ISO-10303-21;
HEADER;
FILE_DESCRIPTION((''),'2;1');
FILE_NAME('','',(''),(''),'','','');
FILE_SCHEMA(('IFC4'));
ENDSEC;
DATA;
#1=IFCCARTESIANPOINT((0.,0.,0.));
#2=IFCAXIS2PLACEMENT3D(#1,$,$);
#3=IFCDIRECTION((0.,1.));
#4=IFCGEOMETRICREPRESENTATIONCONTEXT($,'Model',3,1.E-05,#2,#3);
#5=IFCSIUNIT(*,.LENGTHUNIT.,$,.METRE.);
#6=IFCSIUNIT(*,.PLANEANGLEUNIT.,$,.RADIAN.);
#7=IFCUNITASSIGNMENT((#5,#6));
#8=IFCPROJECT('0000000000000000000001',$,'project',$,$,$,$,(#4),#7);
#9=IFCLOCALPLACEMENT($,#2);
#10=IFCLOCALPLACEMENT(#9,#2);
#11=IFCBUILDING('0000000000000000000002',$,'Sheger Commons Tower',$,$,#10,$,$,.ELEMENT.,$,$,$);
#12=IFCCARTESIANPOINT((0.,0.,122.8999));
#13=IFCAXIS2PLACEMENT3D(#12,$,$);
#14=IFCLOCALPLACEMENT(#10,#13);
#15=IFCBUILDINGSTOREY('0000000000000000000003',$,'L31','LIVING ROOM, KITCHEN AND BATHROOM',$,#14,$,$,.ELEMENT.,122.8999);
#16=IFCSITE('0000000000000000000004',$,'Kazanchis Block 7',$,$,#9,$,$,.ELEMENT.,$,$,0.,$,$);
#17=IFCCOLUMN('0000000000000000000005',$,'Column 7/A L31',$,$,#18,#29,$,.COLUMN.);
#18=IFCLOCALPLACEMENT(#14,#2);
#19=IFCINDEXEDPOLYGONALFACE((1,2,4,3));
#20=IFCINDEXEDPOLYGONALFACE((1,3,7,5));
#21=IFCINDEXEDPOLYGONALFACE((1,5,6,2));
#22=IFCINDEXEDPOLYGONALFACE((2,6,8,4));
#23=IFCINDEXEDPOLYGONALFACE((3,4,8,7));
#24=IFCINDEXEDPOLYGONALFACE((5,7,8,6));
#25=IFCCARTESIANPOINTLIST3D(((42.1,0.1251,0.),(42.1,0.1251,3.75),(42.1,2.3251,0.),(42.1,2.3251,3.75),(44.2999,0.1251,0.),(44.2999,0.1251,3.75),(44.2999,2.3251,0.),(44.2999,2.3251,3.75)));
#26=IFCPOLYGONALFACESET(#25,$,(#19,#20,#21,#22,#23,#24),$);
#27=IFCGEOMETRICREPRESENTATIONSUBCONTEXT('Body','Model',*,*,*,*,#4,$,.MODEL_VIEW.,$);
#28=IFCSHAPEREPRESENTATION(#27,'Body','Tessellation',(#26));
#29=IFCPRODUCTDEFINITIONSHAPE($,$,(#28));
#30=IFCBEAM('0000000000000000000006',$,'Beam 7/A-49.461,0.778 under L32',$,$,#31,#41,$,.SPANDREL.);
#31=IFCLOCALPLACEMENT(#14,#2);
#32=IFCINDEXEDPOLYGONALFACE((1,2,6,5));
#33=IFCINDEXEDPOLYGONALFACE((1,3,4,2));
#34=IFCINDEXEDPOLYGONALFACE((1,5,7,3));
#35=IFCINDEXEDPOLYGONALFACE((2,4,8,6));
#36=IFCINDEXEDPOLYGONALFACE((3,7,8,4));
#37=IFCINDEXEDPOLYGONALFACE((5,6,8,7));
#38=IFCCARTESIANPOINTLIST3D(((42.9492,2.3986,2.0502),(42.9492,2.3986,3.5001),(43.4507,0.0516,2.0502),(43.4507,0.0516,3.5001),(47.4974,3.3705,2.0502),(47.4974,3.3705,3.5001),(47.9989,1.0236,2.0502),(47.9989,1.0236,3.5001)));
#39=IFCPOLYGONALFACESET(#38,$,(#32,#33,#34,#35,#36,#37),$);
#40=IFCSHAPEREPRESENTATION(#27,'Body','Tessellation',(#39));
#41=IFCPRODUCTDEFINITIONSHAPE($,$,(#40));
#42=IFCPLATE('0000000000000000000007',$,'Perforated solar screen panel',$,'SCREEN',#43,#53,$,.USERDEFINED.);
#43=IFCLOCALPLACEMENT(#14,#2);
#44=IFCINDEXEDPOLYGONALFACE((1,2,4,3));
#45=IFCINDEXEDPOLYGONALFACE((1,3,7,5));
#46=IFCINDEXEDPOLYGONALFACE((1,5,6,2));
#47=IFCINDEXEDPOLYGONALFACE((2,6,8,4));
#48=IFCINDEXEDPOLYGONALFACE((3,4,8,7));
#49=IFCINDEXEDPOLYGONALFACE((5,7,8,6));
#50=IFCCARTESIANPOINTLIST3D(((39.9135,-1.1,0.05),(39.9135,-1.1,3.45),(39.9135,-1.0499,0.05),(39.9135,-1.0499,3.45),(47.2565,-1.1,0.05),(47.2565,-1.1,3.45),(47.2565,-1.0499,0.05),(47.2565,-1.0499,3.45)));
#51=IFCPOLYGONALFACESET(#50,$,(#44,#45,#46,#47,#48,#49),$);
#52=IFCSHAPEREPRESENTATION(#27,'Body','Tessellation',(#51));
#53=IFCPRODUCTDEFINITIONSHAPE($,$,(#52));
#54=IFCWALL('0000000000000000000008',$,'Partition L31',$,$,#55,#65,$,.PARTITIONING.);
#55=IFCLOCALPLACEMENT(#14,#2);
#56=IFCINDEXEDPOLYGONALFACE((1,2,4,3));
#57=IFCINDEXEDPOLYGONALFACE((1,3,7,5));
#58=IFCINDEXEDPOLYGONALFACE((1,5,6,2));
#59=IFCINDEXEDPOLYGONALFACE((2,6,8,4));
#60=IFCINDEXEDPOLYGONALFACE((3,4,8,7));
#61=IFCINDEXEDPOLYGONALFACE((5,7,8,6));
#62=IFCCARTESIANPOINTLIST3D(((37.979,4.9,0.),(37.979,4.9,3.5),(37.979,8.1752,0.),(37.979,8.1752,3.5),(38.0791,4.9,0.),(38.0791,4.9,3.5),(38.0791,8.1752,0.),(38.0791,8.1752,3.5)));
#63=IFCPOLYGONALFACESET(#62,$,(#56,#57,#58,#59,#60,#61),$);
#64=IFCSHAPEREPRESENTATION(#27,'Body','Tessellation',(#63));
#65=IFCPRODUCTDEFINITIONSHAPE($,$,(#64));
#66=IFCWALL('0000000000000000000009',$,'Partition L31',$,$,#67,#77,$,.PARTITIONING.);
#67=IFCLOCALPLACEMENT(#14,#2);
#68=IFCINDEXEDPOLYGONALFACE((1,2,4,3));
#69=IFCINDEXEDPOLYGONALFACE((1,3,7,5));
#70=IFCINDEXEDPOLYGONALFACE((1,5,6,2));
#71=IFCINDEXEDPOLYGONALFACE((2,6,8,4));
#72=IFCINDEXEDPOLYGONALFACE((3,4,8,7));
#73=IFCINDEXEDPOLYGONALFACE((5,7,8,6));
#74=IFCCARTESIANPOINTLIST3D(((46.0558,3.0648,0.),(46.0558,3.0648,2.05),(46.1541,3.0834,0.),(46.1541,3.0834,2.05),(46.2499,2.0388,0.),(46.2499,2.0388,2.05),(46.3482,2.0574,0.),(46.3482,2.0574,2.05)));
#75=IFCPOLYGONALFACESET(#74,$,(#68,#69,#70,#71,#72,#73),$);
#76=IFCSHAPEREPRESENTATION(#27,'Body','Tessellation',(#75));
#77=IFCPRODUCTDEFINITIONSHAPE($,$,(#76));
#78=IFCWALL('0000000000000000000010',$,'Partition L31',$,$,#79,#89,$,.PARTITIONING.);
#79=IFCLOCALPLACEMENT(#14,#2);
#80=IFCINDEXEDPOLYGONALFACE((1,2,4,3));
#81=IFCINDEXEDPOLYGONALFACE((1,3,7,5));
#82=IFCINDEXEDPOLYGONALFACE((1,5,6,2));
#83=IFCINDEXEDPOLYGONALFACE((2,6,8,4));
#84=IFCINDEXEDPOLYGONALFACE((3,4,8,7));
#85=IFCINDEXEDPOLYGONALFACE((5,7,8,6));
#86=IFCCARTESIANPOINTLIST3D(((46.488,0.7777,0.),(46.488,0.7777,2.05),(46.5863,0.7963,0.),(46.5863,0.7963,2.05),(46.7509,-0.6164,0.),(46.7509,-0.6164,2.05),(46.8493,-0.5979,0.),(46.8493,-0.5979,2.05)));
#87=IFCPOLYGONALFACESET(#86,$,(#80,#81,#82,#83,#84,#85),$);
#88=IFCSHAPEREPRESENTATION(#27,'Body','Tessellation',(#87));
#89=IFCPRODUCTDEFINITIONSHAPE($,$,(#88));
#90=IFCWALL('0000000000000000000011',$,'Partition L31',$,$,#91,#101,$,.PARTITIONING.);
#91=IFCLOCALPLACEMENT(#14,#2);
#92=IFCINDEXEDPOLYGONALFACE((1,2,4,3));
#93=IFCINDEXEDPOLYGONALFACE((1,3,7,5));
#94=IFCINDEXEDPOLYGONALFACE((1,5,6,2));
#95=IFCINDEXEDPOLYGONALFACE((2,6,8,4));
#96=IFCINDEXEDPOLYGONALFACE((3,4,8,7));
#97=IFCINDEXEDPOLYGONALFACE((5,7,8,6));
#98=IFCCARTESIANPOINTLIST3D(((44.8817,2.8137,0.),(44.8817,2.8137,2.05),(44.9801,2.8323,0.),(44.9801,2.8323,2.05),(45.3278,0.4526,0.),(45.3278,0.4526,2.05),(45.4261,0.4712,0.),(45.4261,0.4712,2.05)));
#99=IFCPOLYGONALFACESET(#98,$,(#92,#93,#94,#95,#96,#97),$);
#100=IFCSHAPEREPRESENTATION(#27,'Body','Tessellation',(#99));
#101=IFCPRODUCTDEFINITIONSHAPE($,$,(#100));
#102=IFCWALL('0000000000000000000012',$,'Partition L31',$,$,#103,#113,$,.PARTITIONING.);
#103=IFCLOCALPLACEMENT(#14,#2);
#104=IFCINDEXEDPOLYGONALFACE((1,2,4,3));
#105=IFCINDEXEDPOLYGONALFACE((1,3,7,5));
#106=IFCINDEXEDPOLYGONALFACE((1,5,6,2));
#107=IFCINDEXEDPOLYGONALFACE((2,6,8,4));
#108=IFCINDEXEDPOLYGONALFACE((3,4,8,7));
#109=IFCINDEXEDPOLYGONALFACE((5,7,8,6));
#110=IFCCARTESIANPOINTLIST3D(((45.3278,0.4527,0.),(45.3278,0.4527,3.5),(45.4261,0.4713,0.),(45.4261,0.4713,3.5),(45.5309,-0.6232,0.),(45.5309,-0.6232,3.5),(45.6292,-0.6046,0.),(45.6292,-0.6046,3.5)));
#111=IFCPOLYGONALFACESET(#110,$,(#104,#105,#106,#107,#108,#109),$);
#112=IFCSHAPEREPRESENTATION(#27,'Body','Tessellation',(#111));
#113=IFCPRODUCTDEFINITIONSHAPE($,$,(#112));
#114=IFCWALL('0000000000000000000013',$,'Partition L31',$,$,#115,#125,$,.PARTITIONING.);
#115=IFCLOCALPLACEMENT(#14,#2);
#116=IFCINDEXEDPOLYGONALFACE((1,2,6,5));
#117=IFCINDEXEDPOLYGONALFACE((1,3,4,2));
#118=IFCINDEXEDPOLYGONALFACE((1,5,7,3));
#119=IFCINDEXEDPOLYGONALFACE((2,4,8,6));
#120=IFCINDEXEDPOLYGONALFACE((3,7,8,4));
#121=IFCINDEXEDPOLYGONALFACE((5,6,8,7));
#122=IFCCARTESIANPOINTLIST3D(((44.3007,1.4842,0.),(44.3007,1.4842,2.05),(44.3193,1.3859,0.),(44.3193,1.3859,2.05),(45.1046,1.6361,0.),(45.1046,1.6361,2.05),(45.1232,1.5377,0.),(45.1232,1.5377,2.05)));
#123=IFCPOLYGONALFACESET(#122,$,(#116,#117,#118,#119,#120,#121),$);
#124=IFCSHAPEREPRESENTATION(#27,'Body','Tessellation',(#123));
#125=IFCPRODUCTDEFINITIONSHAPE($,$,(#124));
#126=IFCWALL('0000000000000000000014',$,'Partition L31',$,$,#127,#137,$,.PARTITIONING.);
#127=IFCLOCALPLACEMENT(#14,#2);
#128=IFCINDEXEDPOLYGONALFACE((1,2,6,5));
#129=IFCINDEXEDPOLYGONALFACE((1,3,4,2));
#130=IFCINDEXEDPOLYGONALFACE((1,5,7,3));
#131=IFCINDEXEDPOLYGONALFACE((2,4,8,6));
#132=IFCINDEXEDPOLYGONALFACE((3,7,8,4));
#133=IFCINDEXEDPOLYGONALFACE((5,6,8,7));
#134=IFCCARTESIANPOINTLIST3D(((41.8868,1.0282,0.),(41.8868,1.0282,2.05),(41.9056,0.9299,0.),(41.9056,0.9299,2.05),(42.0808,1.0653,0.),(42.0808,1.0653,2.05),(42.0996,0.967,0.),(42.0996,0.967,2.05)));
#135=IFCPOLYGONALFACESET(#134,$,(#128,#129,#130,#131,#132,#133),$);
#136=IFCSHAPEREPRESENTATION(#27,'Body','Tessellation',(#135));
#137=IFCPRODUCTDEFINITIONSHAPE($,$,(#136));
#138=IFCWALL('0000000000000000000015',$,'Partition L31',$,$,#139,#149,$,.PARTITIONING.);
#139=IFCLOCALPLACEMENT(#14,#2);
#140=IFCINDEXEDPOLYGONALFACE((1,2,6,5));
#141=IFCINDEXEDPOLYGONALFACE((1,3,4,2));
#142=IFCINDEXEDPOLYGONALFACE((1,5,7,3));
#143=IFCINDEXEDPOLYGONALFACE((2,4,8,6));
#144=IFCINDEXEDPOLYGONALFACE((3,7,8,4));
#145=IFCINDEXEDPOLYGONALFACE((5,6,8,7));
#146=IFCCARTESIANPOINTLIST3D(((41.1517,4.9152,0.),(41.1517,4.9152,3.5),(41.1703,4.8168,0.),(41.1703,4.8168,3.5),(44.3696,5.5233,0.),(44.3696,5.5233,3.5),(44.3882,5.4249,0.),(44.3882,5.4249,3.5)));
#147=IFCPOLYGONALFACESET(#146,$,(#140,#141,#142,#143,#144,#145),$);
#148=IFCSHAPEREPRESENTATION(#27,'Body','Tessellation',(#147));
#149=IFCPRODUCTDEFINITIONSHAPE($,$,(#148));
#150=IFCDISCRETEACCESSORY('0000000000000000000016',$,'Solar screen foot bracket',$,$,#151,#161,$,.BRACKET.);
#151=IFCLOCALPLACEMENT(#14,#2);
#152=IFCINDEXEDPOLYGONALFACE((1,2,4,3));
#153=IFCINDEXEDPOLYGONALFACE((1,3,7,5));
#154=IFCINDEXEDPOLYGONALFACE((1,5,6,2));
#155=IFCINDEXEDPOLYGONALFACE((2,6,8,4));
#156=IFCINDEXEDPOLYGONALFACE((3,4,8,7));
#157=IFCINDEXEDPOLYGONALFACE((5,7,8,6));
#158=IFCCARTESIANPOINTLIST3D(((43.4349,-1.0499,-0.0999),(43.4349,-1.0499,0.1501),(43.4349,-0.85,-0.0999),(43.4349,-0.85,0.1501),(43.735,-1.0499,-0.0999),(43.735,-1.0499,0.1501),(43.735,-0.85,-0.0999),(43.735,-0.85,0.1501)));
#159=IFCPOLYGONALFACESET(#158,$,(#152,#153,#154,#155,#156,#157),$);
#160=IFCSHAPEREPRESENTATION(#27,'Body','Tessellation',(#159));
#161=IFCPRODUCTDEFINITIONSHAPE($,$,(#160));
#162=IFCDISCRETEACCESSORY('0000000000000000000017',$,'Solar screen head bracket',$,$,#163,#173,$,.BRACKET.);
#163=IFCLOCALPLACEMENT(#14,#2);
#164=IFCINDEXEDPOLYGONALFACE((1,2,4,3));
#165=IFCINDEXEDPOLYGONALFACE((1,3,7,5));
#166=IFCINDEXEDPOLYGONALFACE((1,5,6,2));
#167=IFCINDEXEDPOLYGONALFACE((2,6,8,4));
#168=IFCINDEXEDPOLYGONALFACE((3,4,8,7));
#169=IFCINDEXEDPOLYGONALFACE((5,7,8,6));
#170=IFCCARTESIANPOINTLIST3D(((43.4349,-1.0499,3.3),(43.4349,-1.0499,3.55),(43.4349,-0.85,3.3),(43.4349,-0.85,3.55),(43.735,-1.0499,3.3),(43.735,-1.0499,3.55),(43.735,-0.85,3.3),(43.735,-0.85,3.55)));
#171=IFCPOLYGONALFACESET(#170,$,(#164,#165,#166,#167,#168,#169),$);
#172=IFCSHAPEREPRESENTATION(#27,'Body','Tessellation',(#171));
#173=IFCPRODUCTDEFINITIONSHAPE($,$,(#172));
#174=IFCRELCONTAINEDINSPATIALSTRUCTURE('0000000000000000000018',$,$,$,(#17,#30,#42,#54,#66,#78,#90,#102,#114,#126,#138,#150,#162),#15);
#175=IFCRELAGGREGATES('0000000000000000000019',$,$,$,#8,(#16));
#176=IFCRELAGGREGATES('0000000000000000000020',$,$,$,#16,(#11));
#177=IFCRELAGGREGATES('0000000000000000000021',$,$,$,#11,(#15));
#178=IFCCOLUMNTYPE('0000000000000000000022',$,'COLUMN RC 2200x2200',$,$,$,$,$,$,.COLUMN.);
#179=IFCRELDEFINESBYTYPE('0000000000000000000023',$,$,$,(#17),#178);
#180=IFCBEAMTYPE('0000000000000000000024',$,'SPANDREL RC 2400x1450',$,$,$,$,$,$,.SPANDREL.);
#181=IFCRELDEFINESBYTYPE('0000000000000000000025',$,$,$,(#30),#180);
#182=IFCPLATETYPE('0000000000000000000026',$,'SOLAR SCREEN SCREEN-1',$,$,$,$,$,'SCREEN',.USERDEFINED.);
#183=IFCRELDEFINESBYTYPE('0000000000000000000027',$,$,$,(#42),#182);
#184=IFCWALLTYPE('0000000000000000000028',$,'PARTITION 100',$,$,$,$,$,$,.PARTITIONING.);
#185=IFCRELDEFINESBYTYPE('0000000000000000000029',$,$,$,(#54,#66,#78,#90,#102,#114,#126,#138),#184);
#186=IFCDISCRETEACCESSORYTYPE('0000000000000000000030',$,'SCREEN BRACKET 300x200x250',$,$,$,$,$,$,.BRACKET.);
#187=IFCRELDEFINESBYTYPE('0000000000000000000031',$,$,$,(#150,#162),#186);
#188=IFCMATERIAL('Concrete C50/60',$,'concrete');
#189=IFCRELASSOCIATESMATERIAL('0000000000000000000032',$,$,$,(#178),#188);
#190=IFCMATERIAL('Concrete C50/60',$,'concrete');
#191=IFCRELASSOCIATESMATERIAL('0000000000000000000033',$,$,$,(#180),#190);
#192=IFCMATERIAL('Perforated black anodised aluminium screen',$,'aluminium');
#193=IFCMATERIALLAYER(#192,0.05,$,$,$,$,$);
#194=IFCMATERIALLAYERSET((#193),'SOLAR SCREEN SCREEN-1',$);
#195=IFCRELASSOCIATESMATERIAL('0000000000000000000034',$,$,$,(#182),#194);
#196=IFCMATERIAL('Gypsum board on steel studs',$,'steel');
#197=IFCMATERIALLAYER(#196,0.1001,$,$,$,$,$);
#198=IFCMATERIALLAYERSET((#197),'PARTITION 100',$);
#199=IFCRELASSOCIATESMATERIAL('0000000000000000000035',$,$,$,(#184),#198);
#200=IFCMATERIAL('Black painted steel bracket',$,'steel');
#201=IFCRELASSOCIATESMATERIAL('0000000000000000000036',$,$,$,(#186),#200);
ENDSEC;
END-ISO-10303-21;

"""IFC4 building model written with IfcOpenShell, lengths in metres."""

from ifc_helpers import new_model, si_unit, direction, frame, frame_2d, origin, origin_2d, place, context, subcontext, project, spatial, rectangle, extrude, material, layer, layer_set, material_profile, profile_set, type_object, element, save


model = new_model("IFC4")

# Units and contexts
model_context = context("Model", 3, precision=1e-05, world=origin(), true_north=direction((0.0, 1.0)))
body_context = subcontext(model_context, "Body", "Model", "MODEL_VIEW")
ifc_project = project(units=[si_unit("LENGTHUNIT", "METRE"), si_unit("PLANEANGLEUNIT", "RADIAN")], contexts=[model_context])

# Site, building, storey
site_placement = place(None, origin())
site = spatial("IfcSite", under=ifc_project, at=site_placement, Name="Kazanchis Block 7", CompositionType="ELEMENT", RefElevation=0.0)
building_placement = place(site_placement, origin())
building = spatial("IfcBuilding", under=site, at=building_placement, Name="Sheger Commons Tower", CompositionType="ELEMENT")
storey_placement = place(building_placement, frame((0.0, 0.0, 122.8999)))
storey = spatial("IfcBuildingStorey", under=building, at=storey_placement, Name="L31", Description="LIVING ROOM, KITCHEN AND BATHROOM", CompositionType="ELEMENT", Elevation=122.8999)

# Column
ifc_material_1 = material(Name="Concrete C50/60", Category="concrete")
ifc_material_profile_1 = material_profile(ifc_material_1, rectangle(XDim=2.2, YDim=2.2, at=origin_2d()), Name="RC 2200x2200")
ifc_profile_set_1 = profile_set([ifc_material_profile_1], Name="Concrete C50/60")
column_type = type_object("IfcColumnType", Name="COLUMN RC 2200x2200", PredefinedType="COLUMN", material=ifc_profile_set_1)
column_placement = place(storey_placement, frame((43.2, 1.2251, 0.0), z_axis=(0.0, 0.0, 1.0), x_axis=(1.0, 0.0, 0.0)))
element("IfcColumn", 1, at=column_placement, inside=storey, type_object=column_type, Name="Column 7/A L31", PredefinedType="COLUMN", context=body_context, shape_type="SweptSolid", body=[
    extrude(rectangle(XDim=2.2, YDim=2.2, at=origin_2d()), origin(), (0.0, 0.0, 1.0), 3.75),
])

# Beam
ifc_material_2 = material(Name="Concrete C50/60", Category="concrete")
ifc_material_profile_2 = material_profile(ifc_material_2, rectangle(XDim=2.3999, YDim=1.45, at=origin_2d()), Name="RC 2400x1450")
ifc_profile_set_2 = profile_set([ifc_material_profile_2], Name="Concrete C50/60")
beam_type = type_object("IfcBeamType", Name="SPANDREL RC 2400x1450", PredefinedType="SPANDREL", material=ifc_profile_set_2)
beam_placement = place(storey_placement, frame((43.2, 1.2251, 2.7751), z_axis=(0.97792, 0.208981, 0.0), x_axis=(-0.208981, 0.97792, 0.0)))
element("IfcBeam", 2, at=beam_placement, inside=storey, type_object=beam_type, Name="Beam 7/A-49.461,0.778 under L32", PredefinedType="SPANDREL", context=body_context, shape_type="SweptSolid", body=[
    extrude(rectangle(XDim=2.3999, YDim=1.45, at=origin_2d()), origin(), (0.0, 0.0, 1.0), 4.6509),
])

# Plate
ifc_material_3 = material(Name="Perforated black anodised aluminium screen", Category="aluminium")
ifc_layer_1 = layer(ifc_material_3, 0.05)
ifc_layer_set_1 = layer_set([ifc_layer_1], Name="SOLAR SCREEN SCREEN-1")
plate_type = type_object("IfcPlateType", Name="SOLAR SCREEN SCREEN-1", ElementType="SCREEN", PredefinedType="USERDEFINED", material=ifc_layer_set_1)
plate_placement = place(storey_placement, frame((43.585, -1.075, 0.05), z_axis=(0.0, 0.0, 1.0), x_axis=(1.0, 0.0, 0.0)))
element("IfcPlate", 3, at=plate_placement, inside=storey, type_object=plate_type, Name="Perforated solar screen panel", ObjectType="SCREEN", PredefinedType="USERDEFINED", context=body_context, shape_type="SweptSolid", body=[
    extrude(rectangle(XDim=7.343, YDim=0.05, at=origin_2d()), origin(), (0.0, 0.0, 1.0), 3.3999),
])

# Walls
ifc_material_4 = material(Name="Gypsum board on steel studs", Category="steel")
ifc_layer_2 = layer(ifc_material_4, 0.1001)
ifc_layer_set_2 = layer_set([ifc_layer_2], Name="PARTITION 100")
wall_type = type_object("IfcWallType", Name="PARTITION 100", PredefinedType="PARTITIONING", material=ifc_layer_set_2)
wall_1_placement = place(storey_placement, frame((38.0291, 4.8999, 0.0), z_axis=(0.0, 0.0, 1.0), x_axis=(0.0, 1.0, 0.0)))
element("IfcWall", 4, at=wall_1_placement, inside=storey, type_object=wall_type, Name="Partition L31", PredefinedType="PARTITIONING", context=body_context, shape_type="SweptSolid", body=[
    extrude(rectangle(XDim=3.2751, YDim=0.1001, at=frame_2d((1.6377, 0.0))), origin(), (0.0, 0.0, 1.0), 3.5),
])
wall_2_placement = place(storey_placement, frame((46.105, 3.074, 0.0), z_axis=(0.0, 0.0, 1.0), x_axis=(0.185898, -0.982569, 0.0)))
element("IfcWall", 5, at=wall_2_placement, inside=storey, type_object=wall_type, Name="Partition L31", PredefinedType="PARTITIONING", context=body_context, shape_type="SweptSolid", body=[
    extrude(rectangle(XDim=1.0442, YDim=0.1001, at=frame_2d((0.522, 0.0))), origin(), (0.0, 0.0, 1.0), 2.05),
])
wall_3_placement = place(storey_placement, frame((46.5371, 0.7871, 0.0), z_axis=(0.0, 0.0, 1.0), x_axis=(0.185348, -0.982673, 0.0)))
element("IfcWall", 6, at=wall_3_placement, inside=storey, type_object=wall_type, Name="Partition L31", PredefinedType="PARTITIONING", context=body_context, shape_type="SweptSolid", body=[
    extrude(rectangle(XDim=1.4187, YDim=0.1001, at=frame_2d((0.7095, 0.0))), origin(), (0.0, 0.0, 1.0), 2.05),
])
wall_4_placement = place(storey_placement, frame((44.9309, 2.823, 0.0), z_axis=(0.0, 0.0, 1.0), x_axis=(0.185632, -0.982619, 0.0)))
element("IfcWall", 7, at=wall_4_placement, inside=storey, type_object=wall_type, Name="Partition L31", PredefinedType="PARTITIONING", context=body_context, shape_type="SweptSolid", body=[
    extrude(rectangle(XDim=2.4028, YDim=0.1001, at=frame_2d((1.2014, 0.0))), origin(), (0.0, 0.0, 1.0), 2.05),
])
wall_5_placement = place(storey_placement, frame((45.377, 0.4619, 0.0), z_axis=(0.0, 0.0, 1.0), x_axis=(0.185513, -0.982642, 0.0)))
element("IfcWall", 8, at=wall_5_placement, inside=storey, type_object=wall_type, Name="Partition L31", PredefinedType="PARTITIONING", context=body_context, shape_type="SweptSolid", body=[
    extrude(rectangle(XDim=1.095, YDim=0.1001, at=frame_2d((0.5474, 0.0))), origin(), (0.0, 0.0, 1.0), 3.5),
])
wall_6_placement = place(storey_placement, frame((45.114, 1.5869, 0.0), z_axis=(0.0, 0.0, 1.0), x_axis=(-0.982625, -0.185604, 0.0)))
element("IfcWall", 9, at=wall_6_placement, inside=storey, type_object=wall_type, Name="Partition L31", PredefinedType="PARTITIONING", context=body_context, shape_type="SweptSolid", body=[
    extrude(rectangle(XDim=0.8181, YDim=0.1001, at=frame_2d((0.4092, 0.0))), origin(), (0.0, 0.0, 1.0), 2.05),
])
wall_7_placement = place(storey_placement, frame((42.0901, 1.0161, 0.0), z_axis=(0.0, 0.0, 1.0), x_axis=(-0.982209, -0.187793, 0.0)))
element("IfcWall", 10, at=wall_7_placement, inside=storey, type_object=wall_type, Name="Partition L31", PredefinedType="PARTITIONING", context=body_context, shape_type="SweptSolid", body=[
    extrude(rectangle(XDim=0.1975, YDim=0.1001, at=frame_2d((0.0986, 0.0))), origin(), (0.0, 0.0, 1.0), 2.05),
])
wall_8_placement = place(storey_placement, frame((44.3789, 5.4741, 0.0), z_axis=(0.0, 0.0, 1.0), x_axis=(-0.982607, -0.185697, 0.0)))
element("IfcWall", 11, at=wall_8_placement, inside=storey, type_object=wall_type, Name="Partition L31", PredefinedType="PARTITIONING", context=body_context, shape_type="SweptSolid", body=[
    extrude(rectangle(XDim=3.2749, YDim=0.1001, at=frame_2d((1.6375, 0.0))), origin(), (0.0, 0.0, 1.0), 3.5),
])

# Discrete accessories
ifc_material_5 = material(Name="Black painted steel bracket", Category="steel")
discrete_accessory_type = type_object("IfcDiscreteAccessoryType", Name="SCREEN BRACKET 300x200x250", PredefinedType="BRACKET", material=ifc_material_5)
for number, where, z_axis, x_axis, name in (
    (12, (43.585, -0.95, -0.0999), (0.0, 0.0, 1.0), (1.0, 0.0, 0.0), "Solar screen foot bracket"),
    (13, (43.585, -0.95, 3.3), (0.0, 0.0, 1.0), (1.0, 0.0, 0.0), "Solar screen head bracket"),
):
    element("IfcDiscreteAccessory", number, at=place(storey_placement, frame(where, z_axis=z_axis, x_axis=x_axis)), inside=storey, type_object=discrete_accessory_type, Name=name, PredefinedType="BRACKET", context=body_context, shape_type="SweptSolid", body=[
        extrude(rectangle(XDim=0.3, YDim=0.2, at=origin_2d()), origin(), (0.0, 0.0, 1.0), 0.25),
    ])

save(model, "model.ifc")
